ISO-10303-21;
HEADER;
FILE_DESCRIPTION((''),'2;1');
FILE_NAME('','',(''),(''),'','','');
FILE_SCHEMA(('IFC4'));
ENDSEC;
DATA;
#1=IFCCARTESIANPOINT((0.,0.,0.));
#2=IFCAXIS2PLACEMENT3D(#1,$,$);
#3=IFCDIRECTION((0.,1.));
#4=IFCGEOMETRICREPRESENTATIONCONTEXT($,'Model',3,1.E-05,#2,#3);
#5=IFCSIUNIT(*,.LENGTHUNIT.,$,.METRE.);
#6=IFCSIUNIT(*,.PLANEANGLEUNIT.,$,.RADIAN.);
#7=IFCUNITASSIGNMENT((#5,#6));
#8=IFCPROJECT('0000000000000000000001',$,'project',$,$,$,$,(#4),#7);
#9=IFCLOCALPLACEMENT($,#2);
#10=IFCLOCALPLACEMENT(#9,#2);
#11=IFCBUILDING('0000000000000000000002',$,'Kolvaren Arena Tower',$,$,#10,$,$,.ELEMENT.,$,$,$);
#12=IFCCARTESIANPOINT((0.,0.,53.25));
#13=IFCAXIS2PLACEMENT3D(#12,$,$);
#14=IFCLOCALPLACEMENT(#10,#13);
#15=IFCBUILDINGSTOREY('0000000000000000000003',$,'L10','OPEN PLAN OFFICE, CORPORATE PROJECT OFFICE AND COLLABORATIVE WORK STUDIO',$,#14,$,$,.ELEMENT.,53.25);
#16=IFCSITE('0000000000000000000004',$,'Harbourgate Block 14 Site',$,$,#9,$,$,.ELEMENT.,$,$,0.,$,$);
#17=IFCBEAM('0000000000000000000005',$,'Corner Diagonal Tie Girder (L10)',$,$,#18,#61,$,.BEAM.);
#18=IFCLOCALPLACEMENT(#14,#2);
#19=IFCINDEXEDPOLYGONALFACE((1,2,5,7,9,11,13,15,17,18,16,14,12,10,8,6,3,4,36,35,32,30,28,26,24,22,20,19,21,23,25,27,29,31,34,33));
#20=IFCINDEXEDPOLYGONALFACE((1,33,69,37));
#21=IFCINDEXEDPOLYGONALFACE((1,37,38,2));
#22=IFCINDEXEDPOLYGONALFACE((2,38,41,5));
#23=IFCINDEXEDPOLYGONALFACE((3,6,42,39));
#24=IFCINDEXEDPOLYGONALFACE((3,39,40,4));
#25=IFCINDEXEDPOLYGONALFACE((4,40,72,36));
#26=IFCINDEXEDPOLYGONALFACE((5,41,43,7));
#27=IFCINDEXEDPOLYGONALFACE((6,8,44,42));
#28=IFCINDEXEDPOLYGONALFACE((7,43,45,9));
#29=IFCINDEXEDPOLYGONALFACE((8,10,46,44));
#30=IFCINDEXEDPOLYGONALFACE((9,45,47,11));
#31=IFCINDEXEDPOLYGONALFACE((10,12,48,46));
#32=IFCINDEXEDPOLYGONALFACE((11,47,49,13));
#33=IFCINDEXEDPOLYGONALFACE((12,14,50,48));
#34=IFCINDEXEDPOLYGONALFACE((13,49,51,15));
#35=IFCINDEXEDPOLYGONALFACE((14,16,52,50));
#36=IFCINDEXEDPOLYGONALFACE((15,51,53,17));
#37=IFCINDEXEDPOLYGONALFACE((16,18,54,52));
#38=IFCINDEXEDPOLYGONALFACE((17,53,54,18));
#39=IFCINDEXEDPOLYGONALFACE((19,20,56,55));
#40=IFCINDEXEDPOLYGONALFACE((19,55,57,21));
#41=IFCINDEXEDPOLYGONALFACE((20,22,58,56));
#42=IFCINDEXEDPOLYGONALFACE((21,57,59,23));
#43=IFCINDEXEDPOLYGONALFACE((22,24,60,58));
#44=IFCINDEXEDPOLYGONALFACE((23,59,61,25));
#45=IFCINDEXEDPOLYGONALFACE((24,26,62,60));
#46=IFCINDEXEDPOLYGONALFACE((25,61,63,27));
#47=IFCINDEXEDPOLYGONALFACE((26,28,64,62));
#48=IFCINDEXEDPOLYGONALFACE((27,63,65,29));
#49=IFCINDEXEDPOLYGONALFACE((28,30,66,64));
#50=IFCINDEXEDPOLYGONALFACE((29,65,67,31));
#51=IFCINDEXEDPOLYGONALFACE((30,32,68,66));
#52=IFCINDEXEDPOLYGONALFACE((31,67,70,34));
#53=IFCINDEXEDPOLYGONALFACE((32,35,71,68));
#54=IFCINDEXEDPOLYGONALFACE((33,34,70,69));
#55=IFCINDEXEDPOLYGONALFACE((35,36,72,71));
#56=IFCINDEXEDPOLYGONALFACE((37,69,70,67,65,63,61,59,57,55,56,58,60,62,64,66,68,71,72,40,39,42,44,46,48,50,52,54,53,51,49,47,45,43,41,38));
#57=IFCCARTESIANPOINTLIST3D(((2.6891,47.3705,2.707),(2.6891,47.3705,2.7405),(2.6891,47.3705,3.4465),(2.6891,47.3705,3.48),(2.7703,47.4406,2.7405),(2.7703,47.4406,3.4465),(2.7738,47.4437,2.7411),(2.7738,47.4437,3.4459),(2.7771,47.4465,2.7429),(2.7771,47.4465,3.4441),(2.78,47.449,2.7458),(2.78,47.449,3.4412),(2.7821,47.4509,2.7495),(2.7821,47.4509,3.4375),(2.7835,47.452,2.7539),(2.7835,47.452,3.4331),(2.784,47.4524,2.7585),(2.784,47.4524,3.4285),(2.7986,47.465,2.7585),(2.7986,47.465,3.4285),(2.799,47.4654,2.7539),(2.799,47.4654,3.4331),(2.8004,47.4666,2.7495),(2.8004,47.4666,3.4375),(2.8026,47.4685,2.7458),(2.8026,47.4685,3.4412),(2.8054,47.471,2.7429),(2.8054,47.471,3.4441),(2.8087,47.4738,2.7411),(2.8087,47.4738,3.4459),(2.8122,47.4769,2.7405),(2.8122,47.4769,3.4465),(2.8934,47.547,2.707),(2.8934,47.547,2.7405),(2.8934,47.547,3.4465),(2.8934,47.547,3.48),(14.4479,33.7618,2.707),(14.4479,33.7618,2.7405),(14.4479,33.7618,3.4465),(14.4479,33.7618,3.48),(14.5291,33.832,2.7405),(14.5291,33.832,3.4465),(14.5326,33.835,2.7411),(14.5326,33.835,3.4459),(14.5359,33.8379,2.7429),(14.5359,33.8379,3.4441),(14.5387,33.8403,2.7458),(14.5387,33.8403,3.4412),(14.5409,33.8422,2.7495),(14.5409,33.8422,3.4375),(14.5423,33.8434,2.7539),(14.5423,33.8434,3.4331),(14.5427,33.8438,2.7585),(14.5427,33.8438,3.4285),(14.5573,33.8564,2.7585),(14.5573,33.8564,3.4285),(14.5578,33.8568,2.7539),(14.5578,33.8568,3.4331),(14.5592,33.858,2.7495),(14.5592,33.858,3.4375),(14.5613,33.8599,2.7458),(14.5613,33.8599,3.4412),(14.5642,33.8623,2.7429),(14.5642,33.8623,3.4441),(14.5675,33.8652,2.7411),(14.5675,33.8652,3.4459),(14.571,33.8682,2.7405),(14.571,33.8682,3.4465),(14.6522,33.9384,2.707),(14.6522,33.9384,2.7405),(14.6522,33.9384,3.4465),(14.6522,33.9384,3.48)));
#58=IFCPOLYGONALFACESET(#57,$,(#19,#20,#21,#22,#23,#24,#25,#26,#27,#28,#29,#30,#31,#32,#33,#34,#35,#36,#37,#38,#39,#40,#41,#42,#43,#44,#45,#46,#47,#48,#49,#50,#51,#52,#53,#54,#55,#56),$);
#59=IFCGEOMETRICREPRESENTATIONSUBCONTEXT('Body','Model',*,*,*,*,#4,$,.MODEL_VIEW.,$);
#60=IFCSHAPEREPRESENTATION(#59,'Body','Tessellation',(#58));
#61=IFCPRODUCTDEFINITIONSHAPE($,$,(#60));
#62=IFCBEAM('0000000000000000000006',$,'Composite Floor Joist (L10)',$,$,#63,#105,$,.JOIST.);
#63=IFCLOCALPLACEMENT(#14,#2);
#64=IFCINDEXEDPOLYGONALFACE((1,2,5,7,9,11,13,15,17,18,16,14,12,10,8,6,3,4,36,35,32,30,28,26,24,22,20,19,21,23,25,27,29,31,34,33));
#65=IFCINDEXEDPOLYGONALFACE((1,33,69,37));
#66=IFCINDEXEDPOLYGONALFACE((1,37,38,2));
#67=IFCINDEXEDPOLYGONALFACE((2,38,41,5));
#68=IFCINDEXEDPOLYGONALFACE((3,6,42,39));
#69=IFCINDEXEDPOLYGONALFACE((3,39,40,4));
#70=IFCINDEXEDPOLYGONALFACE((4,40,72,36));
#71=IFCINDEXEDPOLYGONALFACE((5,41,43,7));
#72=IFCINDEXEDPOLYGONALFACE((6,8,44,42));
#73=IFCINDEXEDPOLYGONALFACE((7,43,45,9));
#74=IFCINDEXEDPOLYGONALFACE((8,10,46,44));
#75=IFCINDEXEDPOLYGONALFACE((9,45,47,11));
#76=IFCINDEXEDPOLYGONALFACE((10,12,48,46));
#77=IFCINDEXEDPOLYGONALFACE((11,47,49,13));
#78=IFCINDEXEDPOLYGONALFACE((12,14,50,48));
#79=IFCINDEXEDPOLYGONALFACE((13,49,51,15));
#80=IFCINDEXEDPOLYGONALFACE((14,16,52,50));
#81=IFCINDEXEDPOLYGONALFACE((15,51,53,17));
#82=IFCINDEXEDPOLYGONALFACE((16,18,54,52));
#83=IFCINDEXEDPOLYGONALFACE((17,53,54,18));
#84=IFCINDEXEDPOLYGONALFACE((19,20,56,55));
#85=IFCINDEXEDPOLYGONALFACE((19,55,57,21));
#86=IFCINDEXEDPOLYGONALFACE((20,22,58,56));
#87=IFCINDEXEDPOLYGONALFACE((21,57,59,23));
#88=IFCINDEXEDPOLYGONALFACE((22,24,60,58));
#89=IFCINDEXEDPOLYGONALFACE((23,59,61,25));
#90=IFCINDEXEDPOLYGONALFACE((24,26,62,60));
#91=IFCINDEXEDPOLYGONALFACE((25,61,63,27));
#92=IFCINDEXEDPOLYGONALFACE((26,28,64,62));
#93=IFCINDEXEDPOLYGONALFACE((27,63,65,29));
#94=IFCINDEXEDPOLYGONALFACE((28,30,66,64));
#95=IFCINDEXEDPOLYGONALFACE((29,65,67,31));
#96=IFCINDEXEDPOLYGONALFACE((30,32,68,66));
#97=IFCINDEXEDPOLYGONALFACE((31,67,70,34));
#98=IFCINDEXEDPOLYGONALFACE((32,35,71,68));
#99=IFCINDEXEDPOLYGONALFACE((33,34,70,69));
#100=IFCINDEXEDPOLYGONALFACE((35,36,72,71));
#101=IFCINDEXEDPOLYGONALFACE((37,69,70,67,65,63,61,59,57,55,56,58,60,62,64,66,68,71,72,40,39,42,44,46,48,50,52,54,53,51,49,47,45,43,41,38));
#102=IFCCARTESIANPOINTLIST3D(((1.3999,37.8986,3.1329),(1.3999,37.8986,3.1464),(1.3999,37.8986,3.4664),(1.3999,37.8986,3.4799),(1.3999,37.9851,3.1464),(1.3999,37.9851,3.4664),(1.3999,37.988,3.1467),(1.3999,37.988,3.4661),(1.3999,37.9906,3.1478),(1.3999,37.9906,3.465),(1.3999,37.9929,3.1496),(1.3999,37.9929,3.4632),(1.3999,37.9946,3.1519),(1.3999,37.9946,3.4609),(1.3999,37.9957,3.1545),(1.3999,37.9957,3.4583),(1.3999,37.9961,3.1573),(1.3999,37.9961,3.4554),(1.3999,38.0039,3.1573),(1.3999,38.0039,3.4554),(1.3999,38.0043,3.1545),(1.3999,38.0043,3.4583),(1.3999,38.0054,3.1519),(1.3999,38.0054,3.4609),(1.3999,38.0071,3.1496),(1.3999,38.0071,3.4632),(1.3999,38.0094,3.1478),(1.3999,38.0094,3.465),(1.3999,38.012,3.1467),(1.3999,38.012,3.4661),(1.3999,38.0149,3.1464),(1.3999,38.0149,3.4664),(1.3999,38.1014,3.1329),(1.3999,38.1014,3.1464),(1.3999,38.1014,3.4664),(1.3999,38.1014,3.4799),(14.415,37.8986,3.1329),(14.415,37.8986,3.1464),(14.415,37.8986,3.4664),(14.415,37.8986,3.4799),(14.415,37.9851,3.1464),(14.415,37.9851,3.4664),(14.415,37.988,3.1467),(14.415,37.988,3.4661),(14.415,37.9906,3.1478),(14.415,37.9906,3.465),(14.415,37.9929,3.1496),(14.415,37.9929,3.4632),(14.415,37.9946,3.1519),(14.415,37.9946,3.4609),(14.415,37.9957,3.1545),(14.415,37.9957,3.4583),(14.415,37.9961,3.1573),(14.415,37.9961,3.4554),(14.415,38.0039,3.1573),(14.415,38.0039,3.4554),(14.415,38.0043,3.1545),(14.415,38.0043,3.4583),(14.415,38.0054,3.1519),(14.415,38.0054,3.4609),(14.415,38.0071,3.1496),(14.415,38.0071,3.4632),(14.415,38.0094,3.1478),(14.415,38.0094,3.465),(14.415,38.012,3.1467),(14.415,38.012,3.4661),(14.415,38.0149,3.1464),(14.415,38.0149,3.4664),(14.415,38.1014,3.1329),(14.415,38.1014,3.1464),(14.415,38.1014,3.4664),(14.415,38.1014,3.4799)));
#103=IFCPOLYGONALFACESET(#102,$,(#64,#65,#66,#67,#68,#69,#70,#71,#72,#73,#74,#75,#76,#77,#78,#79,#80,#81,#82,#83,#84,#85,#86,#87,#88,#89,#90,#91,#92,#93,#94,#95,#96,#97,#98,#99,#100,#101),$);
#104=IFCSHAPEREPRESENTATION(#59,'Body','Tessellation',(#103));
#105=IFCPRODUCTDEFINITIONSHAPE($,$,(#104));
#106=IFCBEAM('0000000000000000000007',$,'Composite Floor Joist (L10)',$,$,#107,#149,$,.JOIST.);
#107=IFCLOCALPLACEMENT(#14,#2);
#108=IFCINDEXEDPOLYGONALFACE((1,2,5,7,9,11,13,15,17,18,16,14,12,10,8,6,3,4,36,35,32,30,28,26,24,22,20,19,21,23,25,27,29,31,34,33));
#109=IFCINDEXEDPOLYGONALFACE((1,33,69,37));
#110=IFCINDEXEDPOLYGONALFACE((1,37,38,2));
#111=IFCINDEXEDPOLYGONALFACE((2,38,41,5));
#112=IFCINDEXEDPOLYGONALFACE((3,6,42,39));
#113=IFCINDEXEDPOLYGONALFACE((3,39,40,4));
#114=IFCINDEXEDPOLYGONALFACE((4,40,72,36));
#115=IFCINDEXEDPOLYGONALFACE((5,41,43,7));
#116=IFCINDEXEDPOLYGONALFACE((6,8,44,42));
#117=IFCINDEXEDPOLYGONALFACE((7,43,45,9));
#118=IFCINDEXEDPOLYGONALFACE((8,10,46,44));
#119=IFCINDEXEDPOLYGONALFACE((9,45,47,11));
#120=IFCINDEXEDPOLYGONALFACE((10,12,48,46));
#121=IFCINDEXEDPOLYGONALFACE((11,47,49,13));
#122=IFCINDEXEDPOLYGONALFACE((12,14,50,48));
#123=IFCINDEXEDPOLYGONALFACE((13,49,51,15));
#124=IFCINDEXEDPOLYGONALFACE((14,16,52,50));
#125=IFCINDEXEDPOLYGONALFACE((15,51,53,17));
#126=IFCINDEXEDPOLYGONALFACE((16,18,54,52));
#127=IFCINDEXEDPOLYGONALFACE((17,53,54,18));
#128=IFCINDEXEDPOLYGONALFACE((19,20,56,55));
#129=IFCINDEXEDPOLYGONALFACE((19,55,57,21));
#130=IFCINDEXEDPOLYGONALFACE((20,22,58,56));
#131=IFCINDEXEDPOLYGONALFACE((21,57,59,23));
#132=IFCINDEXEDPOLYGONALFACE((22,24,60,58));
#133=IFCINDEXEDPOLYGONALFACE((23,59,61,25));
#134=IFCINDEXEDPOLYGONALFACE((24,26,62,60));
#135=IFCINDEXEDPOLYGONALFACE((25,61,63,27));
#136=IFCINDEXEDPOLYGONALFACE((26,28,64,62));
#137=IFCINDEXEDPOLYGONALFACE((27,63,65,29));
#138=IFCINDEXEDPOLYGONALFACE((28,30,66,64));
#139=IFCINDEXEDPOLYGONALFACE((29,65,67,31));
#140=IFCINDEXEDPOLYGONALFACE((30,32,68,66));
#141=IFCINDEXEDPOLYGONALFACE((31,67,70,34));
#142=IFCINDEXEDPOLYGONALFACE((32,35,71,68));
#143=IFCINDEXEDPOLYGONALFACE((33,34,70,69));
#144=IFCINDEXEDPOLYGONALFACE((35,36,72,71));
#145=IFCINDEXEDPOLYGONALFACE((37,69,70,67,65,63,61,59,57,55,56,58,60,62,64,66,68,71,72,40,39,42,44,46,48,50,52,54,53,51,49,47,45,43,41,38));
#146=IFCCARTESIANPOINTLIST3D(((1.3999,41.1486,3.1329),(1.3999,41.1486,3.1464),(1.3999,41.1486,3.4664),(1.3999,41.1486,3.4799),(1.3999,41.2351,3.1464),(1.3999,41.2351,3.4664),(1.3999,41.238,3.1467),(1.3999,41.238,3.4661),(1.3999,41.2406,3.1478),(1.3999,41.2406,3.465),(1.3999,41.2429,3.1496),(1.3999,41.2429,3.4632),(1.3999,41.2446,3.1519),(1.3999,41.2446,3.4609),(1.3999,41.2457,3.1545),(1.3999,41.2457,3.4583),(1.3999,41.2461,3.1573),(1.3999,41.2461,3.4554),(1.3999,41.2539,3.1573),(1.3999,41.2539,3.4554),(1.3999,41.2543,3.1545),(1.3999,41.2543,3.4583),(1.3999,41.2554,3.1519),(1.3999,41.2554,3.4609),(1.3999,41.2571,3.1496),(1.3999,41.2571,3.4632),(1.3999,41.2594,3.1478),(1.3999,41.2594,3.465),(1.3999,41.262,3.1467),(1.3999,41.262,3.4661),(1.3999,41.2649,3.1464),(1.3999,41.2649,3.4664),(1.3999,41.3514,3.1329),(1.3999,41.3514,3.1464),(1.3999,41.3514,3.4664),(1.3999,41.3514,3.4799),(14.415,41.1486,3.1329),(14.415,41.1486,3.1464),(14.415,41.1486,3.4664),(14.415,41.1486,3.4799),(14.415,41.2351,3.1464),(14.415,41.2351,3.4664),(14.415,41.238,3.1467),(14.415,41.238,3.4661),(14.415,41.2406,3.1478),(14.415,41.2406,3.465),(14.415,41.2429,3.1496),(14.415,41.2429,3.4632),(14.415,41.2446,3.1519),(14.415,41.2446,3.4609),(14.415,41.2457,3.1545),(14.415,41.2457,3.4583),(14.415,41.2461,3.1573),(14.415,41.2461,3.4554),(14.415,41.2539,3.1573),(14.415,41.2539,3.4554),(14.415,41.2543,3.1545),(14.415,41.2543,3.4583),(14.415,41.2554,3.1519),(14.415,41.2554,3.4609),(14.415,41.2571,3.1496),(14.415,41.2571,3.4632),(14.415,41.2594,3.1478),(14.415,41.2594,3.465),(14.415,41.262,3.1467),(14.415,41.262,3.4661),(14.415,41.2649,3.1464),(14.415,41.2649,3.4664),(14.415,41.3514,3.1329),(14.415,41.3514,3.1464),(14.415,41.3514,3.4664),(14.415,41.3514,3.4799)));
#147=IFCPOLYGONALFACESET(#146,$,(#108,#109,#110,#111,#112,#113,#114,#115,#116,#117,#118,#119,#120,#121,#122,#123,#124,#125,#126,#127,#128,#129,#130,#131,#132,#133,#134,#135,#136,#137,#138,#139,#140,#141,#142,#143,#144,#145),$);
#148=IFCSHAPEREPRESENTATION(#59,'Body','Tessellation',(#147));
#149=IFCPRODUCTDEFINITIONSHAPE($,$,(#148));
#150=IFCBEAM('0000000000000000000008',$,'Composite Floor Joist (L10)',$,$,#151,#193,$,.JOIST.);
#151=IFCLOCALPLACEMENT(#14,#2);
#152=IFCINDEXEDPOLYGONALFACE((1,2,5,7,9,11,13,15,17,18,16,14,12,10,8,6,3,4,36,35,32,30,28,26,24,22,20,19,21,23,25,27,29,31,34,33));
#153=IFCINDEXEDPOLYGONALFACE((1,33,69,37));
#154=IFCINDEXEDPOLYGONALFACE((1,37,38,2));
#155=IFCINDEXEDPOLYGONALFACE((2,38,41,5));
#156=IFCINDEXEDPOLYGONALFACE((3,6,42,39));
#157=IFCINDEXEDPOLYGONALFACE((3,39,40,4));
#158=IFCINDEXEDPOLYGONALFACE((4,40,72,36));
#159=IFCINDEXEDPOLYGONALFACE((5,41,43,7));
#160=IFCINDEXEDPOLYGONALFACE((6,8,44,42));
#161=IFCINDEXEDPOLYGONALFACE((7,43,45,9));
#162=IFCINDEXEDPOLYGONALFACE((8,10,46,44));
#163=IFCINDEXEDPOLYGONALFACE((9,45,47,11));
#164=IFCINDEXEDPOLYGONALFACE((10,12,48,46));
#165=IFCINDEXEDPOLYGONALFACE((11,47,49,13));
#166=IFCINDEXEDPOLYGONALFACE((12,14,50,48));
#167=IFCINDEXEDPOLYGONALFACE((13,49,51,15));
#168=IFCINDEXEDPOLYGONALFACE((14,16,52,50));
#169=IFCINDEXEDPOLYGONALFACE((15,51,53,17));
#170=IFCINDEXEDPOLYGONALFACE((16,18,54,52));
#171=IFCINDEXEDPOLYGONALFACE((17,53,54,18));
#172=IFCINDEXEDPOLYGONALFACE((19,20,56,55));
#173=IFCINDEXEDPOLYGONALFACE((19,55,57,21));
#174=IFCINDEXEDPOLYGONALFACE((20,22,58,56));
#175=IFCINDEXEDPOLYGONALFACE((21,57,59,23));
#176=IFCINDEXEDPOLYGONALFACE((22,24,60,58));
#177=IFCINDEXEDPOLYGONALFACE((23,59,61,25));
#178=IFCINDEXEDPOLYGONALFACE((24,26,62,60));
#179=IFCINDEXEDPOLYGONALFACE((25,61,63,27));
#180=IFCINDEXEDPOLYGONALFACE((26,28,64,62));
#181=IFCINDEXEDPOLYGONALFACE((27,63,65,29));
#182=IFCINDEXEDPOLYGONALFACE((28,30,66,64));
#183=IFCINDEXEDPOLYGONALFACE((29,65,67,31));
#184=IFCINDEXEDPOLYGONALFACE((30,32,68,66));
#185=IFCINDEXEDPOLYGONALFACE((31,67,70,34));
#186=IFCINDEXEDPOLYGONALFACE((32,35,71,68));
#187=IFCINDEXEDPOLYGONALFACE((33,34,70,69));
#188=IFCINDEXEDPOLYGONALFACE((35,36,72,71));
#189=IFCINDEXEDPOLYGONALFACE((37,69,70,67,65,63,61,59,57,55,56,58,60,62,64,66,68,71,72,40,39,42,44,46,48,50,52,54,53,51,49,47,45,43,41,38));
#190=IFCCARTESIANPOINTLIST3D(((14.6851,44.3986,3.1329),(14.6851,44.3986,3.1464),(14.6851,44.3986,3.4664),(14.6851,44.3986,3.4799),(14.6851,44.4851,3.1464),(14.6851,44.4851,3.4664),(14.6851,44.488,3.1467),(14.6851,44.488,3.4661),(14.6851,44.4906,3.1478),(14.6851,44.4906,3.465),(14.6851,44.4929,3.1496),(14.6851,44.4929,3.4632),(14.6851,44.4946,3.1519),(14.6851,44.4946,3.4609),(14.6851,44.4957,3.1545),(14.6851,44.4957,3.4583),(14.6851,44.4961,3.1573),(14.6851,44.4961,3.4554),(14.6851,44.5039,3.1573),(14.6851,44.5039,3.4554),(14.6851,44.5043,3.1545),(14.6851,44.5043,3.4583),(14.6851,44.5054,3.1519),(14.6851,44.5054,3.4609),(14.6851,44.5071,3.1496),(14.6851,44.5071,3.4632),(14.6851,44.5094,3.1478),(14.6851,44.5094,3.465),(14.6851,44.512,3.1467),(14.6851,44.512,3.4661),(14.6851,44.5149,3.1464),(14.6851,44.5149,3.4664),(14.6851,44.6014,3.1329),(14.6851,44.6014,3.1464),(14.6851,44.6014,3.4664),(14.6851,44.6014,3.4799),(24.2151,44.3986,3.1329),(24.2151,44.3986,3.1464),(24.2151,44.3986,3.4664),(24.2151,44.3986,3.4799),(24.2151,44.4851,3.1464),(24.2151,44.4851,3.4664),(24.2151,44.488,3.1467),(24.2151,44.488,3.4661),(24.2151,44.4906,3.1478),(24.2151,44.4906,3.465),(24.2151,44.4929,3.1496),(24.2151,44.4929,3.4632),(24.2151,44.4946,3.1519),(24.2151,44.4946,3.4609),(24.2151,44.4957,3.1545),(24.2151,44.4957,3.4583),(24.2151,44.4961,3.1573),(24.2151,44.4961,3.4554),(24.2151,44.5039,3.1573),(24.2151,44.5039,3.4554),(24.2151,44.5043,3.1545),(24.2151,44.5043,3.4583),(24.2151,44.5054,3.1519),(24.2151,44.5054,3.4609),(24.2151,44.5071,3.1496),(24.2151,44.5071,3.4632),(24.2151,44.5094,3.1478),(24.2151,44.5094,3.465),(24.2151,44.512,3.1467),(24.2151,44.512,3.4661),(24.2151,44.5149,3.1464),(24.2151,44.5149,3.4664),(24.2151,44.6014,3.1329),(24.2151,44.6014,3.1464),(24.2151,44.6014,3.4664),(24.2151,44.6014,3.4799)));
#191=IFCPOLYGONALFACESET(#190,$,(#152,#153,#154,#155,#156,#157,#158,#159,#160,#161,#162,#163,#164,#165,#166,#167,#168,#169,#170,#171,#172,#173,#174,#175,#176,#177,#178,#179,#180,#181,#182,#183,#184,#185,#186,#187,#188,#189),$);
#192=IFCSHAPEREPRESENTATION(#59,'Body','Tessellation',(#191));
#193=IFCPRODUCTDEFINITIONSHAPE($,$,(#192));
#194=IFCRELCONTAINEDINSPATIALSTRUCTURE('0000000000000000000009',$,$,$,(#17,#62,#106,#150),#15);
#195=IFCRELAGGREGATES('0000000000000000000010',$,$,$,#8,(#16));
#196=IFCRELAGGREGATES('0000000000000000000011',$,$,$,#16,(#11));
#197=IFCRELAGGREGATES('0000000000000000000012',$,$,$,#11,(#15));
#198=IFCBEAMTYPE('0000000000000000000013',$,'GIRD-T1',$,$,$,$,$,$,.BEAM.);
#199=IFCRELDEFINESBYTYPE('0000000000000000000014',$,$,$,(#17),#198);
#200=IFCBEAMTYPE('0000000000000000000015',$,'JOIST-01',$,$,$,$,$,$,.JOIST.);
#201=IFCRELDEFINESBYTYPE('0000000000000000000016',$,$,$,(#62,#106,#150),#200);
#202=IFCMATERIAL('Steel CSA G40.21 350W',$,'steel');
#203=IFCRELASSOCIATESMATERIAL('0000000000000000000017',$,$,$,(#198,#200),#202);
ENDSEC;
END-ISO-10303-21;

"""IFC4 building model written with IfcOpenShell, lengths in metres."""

from ifc_helpers import new_model, si_unit, direction, frame, origin, origin_2d, place, context, subcontext, project, spatial, i_section, extrude, material, material_profile, profile_set, type_object, element, save


model = new_model("IFC4")

# Units and contexts
model_context = context("Model", 3, precision=1e-05, world=origin(), true_north=direction((0.0, 1.0)))
body_context = subcontext(model_context, "Body", "Model", "MODEL_VIEW")
ifc_project = project(units=[si_unit("LENGTHUNIT", "METRE"), si_unit("PLANEANGLEUNIT", "RADIAN")], contexts=[model_context])

# Site, building, storey
site_placement = place(None, origin())
site = spatial("IfcSite", under=ifc_project, at=site_placement, Name="Harbourgate Block 14 Site", CompositionType="ELEMENT", RefElevation=0.0)
building_placement = place(site_placement, origin())
building = spatial("IfcBuilding", under=site, at=building_placement, Name="Kolvaren Arena Tower", CompositionType="ELEMENT")
storey_placement = place(building_placement, frame((0.0, 0.0, 53.25)))
storey = spatial("IfcBuildingStorey", under=building, at=storey_placement, Name="L10", Description="OPEN PLAN OFFICE, CORPORATE PROJECT OFFICE AND COLLABORATIVE WORK STUDIO", CompositionType="ELEMENT", Elevation=53.25)

# Beams
ifc_material_1 = material(Name="Steel CSA G40.21 350W", Category="steel")
ifc_material_profile_1 = material_profile(ifc_material_1, i_section(OverallWidth=0.27, OverallDepth=0.7729, WebThickness=0.0193, FlangeThickness=0.0334, FilletRadius=0.0181, at=origin_2d()), Name="W760x257")
ifc_profile_set_1 = profile_set([ifc_material_profile_1], Name="Steel CSA G40.21 350W")
beam_type_1 = type_object("IfcBeamType", Name="GIRD-T1", PredefinedType="BEAM", material=ifc_profile_set_1)
beam_1_placement = place(storey_placement, frame((2.7913, 47.4587, 3.0935), z_axis=(0.653807, -0.756662, 0.0), x_axis=(0.756662, 0.653807, 0.0)))
element("IfcBeam", 1, at=beam_1_placement, inside=storey, type_object=beam_type_1, Name="Corner Diagonal Tie Girder (L10)", PredefinedType="BEAM", context=body_context, shape_type="SweptSolid", body=[
    extrude(i_section(OverallWidth=0.27, OverallDepth=0.7729, WebThickness=0.0193, FlangeThickness=0.0334, FilletRadius=0.0181, at=origin_2d()), origin(), (0.0, 0.0, 1.0), 17.9851),
])
ifc_material_profile_2 = material_profile(ifc_material_1, i_section(OverallWidth=0.2029, OverallDepth=0.3469, WebThickness=0.0078, FlangeThickness=0.0134, FilletRadius=0.011, at=origin_2d()), Name="W360x64")
ifc_profile_set_2 = profile_set([ifc_material_profile_2], Name="Steel CSA G40.21 350W")
beam_type_2 = type_object("IfcBeamType", Name="JOIST-01", PredefinedType="JOIST", material=ifc_profile_set_2)
for number, where, z_axis, x_axis, name in (
    (2, (1.3999, 38.0, 3.3064), (1.0, 0.0, 0.0), (0.0, 1.0, 0.0), "Composite Floor Joist (L10)"),
    (3, (1.3999, 41.25, 3.3064), (1.0, 0.0, 0.0), (0.0, 1.0, 0.0), "Composite Floor Joist (L10)"),
):
    element("IfcBeam", number, at=place(storey_placement, frame(where, z_axis=z_axis, x_axis=x_axis)), inside=storey, type_object=beam_type_2, Name=name, PredefinedType="JOIST", context=body_context, shape_type="SweptSolid", body=[
        extrude(i_section(OverallWidth=0.2029, OverallDepth=0.3469, WebThickness=0.0078, FlangeThickness=0.0134, FilletRadius=0.011, at=origin_2d()), origin(), (0.0, 0.0, 1.0), 13.0151),
    ])
beam_2_placement = place(storey_placement, frame((14.6851, 44.5, 3.3064), z_axis=(1.0, 0.0, 0.0), x_axis=(0.0, 1.0, 0.0)))
element("IfcBeam", 4, at=beam_2_placement, inside=storey, type_object=beam_type_2, Name="Composite Floor Joist (L10)", PredefinedType="JOIST", context=body_context, shape_type="SweptSolid", body=[
    extrude(i_section(OverallWidth=0.2029, OverallDepth=0.3469, WebThickness=0.0078, FlangeThickness=0.0134, FilletRadius=0.011, at=origin_2d()), origin(), (0.0, 0.0, 1.0), 9.53),
])

save(model, "model.ifc")
